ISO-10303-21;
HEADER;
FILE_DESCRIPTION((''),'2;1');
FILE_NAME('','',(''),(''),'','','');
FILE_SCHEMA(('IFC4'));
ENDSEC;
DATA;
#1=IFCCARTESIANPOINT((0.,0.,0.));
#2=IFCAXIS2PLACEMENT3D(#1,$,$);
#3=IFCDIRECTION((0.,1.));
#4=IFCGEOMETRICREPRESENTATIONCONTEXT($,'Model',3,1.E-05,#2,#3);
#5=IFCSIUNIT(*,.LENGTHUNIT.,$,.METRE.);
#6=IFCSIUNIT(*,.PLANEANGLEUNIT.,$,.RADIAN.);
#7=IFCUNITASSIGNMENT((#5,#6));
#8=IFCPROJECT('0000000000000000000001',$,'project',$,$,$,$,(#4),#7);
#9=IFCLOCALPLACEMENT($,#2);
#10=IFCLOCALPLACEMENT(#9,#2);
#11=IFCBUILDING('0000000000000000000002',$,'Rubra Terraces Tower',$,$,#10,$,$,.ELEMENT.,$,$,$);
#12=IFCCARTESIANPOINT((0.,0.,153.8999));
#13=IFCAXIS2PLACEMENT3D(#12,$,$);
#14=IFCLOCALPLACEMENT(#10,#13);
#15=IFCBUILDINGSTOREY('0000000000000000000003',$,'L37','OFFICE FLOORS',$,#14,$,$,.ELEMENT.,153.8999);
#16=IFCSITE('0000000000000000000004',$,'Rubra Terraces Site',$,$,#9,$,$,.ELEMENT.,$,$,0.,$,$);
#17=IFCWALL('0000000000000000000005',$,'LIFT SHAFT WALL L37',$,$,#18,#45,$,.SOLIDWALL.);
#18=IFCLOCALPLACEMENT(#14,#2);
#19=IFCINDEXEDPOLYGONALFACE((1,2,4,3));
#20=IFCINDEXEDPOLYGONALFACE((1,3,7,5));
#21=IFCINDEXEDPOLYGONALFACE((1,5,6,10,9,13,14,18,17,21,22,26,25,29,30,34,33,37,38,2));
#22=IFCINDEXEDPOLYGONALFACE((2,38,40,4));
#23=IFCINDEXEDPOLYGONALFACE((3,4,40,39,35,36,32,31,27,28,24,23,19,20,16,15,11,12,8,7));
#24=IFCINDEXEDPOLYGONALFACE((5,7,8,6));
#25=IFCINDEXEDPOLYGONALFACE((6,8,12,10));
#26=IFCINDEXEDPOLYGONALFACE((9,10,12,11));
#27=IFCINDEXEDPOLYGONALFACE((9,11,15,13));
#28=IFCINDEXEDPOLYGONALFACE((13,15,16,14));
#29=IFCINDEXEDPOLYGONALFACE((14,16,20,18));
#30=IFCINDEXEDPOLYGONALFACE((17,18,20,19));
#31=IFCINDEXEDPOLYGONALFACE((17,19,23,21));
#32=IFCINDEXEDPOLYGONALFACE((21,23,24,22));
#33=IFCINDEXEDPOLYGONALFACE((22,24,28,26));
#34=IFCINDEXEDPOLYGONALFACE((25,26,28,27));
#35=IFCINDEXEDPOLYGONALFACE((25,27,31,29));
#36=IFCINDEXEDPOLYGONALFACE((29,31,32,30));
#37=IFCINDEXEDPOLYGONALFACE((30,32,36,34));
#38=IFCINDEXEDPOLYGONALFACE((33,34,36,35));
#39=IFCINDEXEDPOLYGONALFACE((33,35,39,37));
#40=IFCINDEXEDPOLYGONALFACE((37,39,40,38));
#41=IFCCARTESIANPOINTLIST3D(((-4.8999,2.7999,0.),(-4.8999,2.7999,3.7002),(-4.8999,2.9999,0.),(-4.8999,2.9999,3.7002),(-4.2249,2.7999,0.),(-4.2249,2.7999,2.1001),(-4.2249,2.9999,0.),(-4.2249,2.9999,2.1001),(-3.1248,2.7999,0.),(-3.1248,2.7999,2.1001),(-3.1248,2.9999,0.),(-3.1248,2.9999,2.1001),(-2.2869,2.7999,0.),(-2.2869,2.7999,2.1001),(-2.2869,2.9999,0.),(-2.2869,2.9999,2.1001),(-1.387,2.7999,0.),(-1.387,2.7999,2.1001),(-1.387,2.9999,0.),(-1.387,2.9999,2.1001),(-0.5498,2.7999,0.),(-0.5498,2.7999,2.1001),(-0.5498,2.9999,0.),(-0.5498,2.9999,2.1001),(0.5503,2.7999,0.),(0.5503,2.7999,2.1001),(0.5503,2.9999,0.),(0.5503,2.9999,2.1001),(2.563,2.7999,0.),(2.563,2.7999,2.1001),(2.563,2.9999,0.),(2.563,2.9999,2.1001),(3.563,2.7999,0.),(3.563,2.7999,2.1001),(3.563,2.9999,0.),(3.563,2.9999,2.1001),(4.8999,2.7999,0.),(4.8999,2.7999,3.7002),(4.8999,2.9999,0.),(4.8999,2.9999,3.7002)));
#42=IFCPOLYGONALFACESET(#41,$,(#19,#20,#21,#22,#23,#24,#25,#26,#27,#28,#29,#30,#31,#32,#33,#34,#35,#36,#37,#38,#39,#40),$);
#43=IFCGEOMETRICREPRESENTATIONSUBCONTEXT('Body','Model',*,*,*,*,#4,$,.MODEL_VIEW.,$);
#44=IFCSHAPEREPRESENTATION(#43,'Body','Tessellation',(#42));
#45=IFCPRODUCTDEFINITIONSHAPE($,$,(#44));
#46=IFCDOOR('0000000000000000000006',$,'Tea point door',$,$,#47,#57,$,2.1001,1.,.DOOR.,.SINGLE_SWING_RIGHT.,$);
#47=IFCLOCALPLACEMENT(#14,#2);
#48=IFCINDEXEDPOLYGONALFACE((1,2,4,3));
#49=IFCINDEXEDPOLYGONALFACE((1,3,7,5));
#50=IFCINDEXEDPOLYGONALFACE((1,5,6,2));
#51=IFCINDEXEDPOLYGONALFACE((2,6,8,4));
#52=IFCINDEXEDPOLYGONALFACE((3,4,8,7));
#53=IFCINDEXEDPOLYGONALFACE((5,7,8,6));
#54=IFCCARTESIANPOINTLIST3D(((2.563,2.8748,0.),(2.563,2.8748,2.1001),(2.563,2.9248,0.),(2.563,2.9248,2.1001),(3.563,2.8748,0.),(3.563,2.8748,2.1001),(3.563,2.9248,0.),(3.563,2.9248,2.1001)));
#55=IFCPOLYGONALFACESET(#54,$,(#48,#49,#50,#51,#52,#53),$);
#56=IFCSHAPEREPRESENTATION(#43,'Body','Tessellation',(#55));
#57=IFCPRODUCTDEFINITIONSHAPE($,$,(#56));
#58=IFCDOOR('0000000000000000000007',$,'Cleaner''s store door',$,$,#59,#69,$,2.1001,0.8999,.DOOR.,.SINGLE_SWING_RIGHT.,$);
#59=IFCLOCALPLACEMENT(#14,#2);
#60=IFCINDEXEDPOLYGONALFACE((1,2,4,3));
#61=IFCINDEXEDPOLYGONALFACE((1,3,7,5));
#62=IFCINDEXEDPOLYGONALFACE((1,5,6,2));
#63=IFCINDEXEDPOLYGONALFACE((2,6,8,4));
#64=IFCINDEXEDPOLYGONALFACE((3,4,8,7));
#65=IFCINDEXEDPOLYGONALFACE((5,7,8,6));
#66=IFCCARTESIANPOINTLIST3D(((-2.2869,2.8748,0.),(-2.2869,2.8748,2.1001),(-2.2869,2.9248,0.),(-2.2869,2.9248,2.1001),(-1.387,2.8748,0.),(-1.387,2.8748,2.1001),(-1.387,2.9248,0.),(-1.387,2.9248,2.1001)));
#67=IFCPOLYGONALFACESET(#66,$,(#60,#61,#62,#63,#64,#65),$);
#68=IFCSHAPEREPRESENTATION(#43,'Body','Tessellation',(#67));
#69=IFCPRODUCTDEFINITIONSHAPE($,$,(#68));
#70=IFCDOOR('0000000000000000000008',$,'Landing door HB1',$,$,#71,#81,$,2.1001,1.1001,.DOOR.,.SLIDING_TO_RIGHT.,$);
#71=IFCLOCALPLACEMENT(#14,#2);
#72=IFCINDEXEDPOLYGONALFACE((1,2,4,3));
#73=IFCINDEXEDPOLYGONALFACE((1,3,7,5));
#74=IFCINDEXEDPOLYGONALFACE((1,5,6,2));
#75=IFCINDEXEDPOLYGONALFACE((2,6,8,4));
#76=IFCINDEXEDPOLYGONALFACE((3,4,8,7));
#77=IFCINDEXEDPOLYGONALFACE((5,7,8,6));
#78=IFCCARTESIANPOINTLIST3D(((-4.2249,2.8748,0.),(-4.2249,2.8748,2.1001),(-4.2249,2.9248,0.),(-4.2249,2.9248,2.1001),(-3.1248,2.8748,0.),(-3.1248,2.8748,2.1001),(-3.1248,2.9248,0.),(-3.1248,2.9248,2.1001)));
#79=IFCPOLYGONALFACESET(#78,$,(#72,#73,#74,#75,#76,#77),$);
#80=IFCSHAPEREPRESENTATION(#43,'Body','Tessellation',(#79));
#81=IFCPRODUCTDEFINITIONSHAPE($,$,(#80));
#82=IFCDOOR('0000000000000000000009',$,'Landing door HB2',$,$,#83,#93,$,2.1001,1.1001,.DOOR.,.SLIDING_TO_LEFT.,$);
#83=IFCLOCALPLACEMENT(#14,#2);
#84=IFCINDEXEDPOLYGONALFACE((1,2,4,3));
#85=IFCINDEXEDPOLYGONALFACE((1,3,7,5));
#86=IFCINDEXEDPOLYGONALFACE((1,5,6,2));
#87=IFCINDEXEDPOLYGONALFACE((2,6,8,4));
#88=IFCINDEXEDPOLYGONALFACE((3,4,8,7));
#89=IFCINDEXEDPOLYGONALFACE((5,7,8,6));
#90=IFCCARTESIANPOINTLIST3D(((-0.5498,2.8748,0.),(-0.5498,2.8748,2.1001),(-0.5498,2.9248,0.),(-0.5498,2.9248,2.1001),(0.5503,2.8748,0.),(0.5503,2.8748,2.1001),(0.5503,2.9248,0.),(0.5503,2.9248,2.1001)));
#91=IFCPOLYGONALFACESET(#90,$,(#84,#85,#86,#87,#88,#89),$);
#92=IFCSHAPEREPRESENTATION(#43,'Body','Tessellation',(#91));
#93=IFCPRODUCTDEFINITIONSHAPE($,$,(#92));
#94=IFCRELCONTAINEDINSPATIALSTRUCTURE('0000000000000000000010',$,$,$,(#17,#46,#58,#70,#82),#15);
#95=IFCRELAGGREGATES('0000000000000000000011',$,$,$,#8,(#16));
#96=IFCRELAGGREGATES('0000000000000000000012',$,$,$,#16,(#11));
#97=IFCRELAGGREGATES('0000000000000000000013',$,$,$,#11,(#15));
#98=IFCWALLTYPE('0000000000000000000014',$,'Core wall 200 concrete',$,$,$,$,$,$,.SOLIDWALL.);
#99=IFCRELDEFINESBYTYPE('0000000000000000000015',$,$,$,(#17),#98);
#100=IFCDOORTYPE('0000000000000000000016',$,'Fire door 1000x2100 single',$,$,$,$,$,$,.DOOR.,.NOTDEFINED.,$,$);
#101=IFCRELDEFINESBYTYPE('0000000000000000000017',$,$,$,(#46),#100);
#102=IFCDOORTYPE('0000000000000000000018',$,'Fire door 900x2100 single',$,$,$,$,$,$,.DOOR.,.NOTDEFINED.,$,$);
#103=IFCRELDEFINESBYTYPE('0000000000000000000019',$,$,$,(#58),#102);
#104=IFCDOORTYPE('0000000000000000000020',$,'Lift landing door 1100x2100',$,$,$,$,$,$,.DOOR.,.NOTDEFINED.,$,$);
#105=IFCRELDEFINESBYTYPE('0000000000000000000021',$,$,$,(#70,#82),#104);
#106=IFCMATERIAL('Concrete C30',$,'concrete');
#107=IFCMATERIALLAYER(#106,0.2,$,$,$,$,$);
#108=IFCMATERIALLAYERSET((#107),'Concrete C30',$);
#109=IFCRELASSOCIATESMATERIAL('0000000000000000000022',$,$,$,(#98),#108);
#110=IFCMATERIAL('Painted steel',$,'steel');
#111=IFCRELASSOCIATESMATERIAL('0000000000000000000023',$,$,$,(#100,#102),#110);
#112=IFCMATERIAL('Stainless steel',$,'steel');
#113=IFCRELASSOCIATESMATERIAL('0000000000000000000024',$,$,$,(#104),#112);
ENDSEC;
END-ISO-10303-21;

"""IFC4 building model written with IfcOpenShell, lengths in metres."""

from ifc_helpers import new_model, si_unit, direction, frame, frame_2d, origin, place, context, subcontext, project, spatial, rectangle, extrude, material, layer, layer_set, type_object, element, fill, save


model = new_model("IFC4")

# Units and contexts
model_context = context("Model", 3, precision=1e-05, world=origin(), true_north=direction((0.0, 1.0)))
body_context = subcontext(model_context, "Body", "Model", "MODEL_VIEW")
ifc_project = project(units=[si_unit("LENGTHUNIT", "METRE"), si_unit("PLANEANGLEUNIT", "RADIAN")], contexts=[model_context])

# Site, building, storey
site_placement = place(None, origin())
site = spatial("IfcSite", under=ifc_project, at=site_placement, Name="Rubra Terraces Site", CompositionType="ELEMENT", RefElevation=0.0)
building_placement = place(site_placement, origin())
building = spatial("IfcBuilding", under=site, at=building_placement, Name="Rubra Terraces Tower", CompositionType="ELEMENT")
storey_placement = place(building_placement, frame((0.0, 0.0, 153.8999)))
storey = spatial("IfcBuildingStorey", under=building, at=storey_placement, Name="L37", Description="OFFICE FLOORS", CompositionType="ELEMENT", Elevation=153.8999)

# Wall, openings, doors
ifc_material_1 = material(Name="Concrete C30", Category="concrete")
ifc_layer_1 = layer(ifc_material_1, 0.2)
ifc_layer_set_1 = layer_set([ifc_layer_1], Name="Concrete C30")
wall_type_1 = type_object("IfcWallType", Name="Core wall 200 concrete", PredefinedType="SOLIDWALL", material=ifc_layer_set_1)
wall_1_placement = place(storey_placement, frame((-4.8999, 2.8999, 0.0), z_axis=(0.0, 0.0, 1.0), x_axis=(1.0, 0.0, 0.0)))
wall_1 = element("IfcWall", 1, at=wall_1_placement, inside=storey, type_object=wall_type_1, Name="LIFT SHAFT WALL L37", PredefinedType="SOLIDWALL", context=body_context, shape_type="SweptSolid", body=[
    extrude(rectangle(XDim=9.7998, YDim=0.2, at=frame_2d((4.8999, 0.0))), origin(), (0.0, 0.0, 1.0), 3.7002),
])
opening_1_placement = place(wall_1_placement, frame((0.675, 0.0, 0.0)))
opening_1 = element("IfcOpeningElement", 2, at=opening_1_placement, cuts=wall_1, PredefinedType="OPENING", context=body_context, shape_type="SweptSolid", body=[
    extrude(rectangle(XDim=1.1001, YDim=2.1001, at=frame_2d((0.55, 1.05))), frame((0.0, 0.1099, 0.0), z_axis=(0.0, -1.0, 0.0), x_axis=(1.0, 0.0, 0.0)), (0.0, 0.0, 1.0), 0.22),
])
opening_2_placement = place(wall_1_placement, frame((2.613, 0.0, 0.0)))
opening_2 = element("IfcOpeningElement", 3, at=opening_2_placement, cuts=wall_1, PredefinedType="OPENING", context=body_context, shape_type="SweptSolid", body=[
    extrude(rectangle(XDim=0.8999, YDim=2.1001, at=frame_2d((0.45, 1.05))), frame((0.0, 0.1099, 0.0), z_axis=(0.0, -1.0, 0.0), x_axis=(1.0, 0.0, 0.0)), (0.0, 0.0, 1.0), 0.22),
])
opening_3_placement = place(wall_1_placement, frame((4.3501, 0.0, 0.0)))
opening_3 = element("IfcOpeningElement", 4, at=opening_3_placement, cuts=wall_1, PredefinedType="OPENING", context=body_context, shape_type="SweptSolid", body=[
    extrude(rectangle(XDim=1.1001, YDim=2.1001, at=frame_2d((0.55, 1.05))), frame((0.0, 0.1099, 0.0), z_axis=(0.0, -1.0, 0.0), x_axis=(1.0, 0.0, 0.0)), (0.0, 0.0, 1.0), 0.22),
])
opening_4_placement = place(wall_1_placement, frame((7.4629, 0.0, 0.0)))
opening_4 = element("IfcOpeningElement", 5, at=opening_4_placement, cuts=wall_1, PredefinedType="OPENING", context=body_context, shape_type="SweptSolid", body=[
    extrude(rectangle(XDim=1.0, YDim=2.1001, at=frame_2d((0.5, 1.05))), frame((0.0, 0.1099, 0.0), z_axis=(0.0, -1.0, 0.0), x_axis=(1.0, 0.0, 0.0)), (0.0, 0.0, 1.0), 0.22),
])
ifc_material_2 = material(Name="Painted steel", Category="steel")
door_type_1 = type_object("IfcDoorType", Name="Fire door 1000x2100 single", OperationType="NOTDEFINED", PredefinedType="DOOR", material=ifc_material_2)
door_1_placement = place(opening_4_placement, origin())
door_1 = element("IfcDoor", 6, at=door_1_placement, inside=storey, type_object=door_type_1, Name="Tea point door", OperationType="SINGLE_SWING_RIGHT", OverallHeight=2.1001, OverallWidth=1.0, PredefinedType="DOOR", context=body_context, shape_type="SweptSolid", body=[
    extrude(rectangle(XDim=1.0, YDim=2.1001, at=frame_2d((0.5, 1.05))), frame((0.0, 0.0249, 0.0), z_axis=(0.0, -1.0, 0.0), x_axis=(1.0, 0.0, 0.0)), (0.0, 0.0, 1.0), 0.05),
])
fill(opening_4, door_1)
door_type_2 = type_object("IfcDoorType", Name="Fire door 900x2100 single", OperationType="NOTDEFINED", PredefinedType="DOOR", material=ifc_material_2)
door_2_placement = place(opening_2_placement, origin())
door_2 = element("IfcDoor", 7, at=door_2_placement, inside=storey, type_object=door_type_2, Name="Cleaner's store door", OperationType="SINGLE_SWING_RIGHT", OverallHeight=2.1001, OverallWidth=0.8999, PredefinedType="DOOR", context=body_context, shape_type="SweptSolid", body=[
    extrude(rectangle(XDim=0.8999, YDim=2.1001, at=frame_2d((0.45, 1.05))), frame((0.0, 0.0249, 0.0), z_axis=(0.0, -1.0, 0.0), x_axis=(1.0, 0.0, 0.0)), (0.0, 0.0, 1.0), 0.05),
])
fill(opening_2, door_2)
ifc_material_3 = material(Name="Stainless steel", Category="steel")
door_type_3 = type_object("IfcDoorType", Name="Lift landing door 1100x2100", OperationType="NOTDEFINED", PredefinedType="DOOR", material=ifc_material_3)
door_3_placement = place(opening_1_placement, origin())
door_3 = element("IfcDoor", 8, at=door_3_placement, inside=storey, type_object=door_type_3, Name="Landing door HB1", OperationType="SLIDING_TO_RIGHT", OverallHeight=2.1001, OverallWidth=1.1001, PredefinedType="DOOR", context=body_context, shape_type="SweptSolid", body=[
    extrude(rectangle(XDim=1.1001, YDim=2.1001, at=frame_2d((0.55, 1.05))), frame((0.0, 0.0249, 0.0), z_axis=(0.0, -1.0, 0.0), x_axis=(1.0, 0.0, 0.0)), (0.0, 0.0, 1.0), 0.05),
])
fill(opening_1, door_3)
door_4_placement = place(opening_3_placement, origin())
door_4 = element("IfcDoor", 9, at=door_4_placement, inside=storey, type_object=door_type_3, Name="Landing door HB2", OperationType="SLIDING_TO_LEFT", OverallHeight=2.1001, OverallWidth=1.1001, PredefinedType="DOOR", context=body_context, shape_type="SweptSolid", body=[
    extrude(rectangle(XDim=1.1001, YDim=2.1001, at=frame_2d((0.55, 1.05))), frame((0.0, 0.0249, 0.0), z_axis=(0.0, -1.0, 0.0), x_axis=(1.0, 0.0, 0.0)), (0.0, 0.0, 1.0), 0.05),
])
fill(opening_3, door_4)

save(model, "model.ifc")
